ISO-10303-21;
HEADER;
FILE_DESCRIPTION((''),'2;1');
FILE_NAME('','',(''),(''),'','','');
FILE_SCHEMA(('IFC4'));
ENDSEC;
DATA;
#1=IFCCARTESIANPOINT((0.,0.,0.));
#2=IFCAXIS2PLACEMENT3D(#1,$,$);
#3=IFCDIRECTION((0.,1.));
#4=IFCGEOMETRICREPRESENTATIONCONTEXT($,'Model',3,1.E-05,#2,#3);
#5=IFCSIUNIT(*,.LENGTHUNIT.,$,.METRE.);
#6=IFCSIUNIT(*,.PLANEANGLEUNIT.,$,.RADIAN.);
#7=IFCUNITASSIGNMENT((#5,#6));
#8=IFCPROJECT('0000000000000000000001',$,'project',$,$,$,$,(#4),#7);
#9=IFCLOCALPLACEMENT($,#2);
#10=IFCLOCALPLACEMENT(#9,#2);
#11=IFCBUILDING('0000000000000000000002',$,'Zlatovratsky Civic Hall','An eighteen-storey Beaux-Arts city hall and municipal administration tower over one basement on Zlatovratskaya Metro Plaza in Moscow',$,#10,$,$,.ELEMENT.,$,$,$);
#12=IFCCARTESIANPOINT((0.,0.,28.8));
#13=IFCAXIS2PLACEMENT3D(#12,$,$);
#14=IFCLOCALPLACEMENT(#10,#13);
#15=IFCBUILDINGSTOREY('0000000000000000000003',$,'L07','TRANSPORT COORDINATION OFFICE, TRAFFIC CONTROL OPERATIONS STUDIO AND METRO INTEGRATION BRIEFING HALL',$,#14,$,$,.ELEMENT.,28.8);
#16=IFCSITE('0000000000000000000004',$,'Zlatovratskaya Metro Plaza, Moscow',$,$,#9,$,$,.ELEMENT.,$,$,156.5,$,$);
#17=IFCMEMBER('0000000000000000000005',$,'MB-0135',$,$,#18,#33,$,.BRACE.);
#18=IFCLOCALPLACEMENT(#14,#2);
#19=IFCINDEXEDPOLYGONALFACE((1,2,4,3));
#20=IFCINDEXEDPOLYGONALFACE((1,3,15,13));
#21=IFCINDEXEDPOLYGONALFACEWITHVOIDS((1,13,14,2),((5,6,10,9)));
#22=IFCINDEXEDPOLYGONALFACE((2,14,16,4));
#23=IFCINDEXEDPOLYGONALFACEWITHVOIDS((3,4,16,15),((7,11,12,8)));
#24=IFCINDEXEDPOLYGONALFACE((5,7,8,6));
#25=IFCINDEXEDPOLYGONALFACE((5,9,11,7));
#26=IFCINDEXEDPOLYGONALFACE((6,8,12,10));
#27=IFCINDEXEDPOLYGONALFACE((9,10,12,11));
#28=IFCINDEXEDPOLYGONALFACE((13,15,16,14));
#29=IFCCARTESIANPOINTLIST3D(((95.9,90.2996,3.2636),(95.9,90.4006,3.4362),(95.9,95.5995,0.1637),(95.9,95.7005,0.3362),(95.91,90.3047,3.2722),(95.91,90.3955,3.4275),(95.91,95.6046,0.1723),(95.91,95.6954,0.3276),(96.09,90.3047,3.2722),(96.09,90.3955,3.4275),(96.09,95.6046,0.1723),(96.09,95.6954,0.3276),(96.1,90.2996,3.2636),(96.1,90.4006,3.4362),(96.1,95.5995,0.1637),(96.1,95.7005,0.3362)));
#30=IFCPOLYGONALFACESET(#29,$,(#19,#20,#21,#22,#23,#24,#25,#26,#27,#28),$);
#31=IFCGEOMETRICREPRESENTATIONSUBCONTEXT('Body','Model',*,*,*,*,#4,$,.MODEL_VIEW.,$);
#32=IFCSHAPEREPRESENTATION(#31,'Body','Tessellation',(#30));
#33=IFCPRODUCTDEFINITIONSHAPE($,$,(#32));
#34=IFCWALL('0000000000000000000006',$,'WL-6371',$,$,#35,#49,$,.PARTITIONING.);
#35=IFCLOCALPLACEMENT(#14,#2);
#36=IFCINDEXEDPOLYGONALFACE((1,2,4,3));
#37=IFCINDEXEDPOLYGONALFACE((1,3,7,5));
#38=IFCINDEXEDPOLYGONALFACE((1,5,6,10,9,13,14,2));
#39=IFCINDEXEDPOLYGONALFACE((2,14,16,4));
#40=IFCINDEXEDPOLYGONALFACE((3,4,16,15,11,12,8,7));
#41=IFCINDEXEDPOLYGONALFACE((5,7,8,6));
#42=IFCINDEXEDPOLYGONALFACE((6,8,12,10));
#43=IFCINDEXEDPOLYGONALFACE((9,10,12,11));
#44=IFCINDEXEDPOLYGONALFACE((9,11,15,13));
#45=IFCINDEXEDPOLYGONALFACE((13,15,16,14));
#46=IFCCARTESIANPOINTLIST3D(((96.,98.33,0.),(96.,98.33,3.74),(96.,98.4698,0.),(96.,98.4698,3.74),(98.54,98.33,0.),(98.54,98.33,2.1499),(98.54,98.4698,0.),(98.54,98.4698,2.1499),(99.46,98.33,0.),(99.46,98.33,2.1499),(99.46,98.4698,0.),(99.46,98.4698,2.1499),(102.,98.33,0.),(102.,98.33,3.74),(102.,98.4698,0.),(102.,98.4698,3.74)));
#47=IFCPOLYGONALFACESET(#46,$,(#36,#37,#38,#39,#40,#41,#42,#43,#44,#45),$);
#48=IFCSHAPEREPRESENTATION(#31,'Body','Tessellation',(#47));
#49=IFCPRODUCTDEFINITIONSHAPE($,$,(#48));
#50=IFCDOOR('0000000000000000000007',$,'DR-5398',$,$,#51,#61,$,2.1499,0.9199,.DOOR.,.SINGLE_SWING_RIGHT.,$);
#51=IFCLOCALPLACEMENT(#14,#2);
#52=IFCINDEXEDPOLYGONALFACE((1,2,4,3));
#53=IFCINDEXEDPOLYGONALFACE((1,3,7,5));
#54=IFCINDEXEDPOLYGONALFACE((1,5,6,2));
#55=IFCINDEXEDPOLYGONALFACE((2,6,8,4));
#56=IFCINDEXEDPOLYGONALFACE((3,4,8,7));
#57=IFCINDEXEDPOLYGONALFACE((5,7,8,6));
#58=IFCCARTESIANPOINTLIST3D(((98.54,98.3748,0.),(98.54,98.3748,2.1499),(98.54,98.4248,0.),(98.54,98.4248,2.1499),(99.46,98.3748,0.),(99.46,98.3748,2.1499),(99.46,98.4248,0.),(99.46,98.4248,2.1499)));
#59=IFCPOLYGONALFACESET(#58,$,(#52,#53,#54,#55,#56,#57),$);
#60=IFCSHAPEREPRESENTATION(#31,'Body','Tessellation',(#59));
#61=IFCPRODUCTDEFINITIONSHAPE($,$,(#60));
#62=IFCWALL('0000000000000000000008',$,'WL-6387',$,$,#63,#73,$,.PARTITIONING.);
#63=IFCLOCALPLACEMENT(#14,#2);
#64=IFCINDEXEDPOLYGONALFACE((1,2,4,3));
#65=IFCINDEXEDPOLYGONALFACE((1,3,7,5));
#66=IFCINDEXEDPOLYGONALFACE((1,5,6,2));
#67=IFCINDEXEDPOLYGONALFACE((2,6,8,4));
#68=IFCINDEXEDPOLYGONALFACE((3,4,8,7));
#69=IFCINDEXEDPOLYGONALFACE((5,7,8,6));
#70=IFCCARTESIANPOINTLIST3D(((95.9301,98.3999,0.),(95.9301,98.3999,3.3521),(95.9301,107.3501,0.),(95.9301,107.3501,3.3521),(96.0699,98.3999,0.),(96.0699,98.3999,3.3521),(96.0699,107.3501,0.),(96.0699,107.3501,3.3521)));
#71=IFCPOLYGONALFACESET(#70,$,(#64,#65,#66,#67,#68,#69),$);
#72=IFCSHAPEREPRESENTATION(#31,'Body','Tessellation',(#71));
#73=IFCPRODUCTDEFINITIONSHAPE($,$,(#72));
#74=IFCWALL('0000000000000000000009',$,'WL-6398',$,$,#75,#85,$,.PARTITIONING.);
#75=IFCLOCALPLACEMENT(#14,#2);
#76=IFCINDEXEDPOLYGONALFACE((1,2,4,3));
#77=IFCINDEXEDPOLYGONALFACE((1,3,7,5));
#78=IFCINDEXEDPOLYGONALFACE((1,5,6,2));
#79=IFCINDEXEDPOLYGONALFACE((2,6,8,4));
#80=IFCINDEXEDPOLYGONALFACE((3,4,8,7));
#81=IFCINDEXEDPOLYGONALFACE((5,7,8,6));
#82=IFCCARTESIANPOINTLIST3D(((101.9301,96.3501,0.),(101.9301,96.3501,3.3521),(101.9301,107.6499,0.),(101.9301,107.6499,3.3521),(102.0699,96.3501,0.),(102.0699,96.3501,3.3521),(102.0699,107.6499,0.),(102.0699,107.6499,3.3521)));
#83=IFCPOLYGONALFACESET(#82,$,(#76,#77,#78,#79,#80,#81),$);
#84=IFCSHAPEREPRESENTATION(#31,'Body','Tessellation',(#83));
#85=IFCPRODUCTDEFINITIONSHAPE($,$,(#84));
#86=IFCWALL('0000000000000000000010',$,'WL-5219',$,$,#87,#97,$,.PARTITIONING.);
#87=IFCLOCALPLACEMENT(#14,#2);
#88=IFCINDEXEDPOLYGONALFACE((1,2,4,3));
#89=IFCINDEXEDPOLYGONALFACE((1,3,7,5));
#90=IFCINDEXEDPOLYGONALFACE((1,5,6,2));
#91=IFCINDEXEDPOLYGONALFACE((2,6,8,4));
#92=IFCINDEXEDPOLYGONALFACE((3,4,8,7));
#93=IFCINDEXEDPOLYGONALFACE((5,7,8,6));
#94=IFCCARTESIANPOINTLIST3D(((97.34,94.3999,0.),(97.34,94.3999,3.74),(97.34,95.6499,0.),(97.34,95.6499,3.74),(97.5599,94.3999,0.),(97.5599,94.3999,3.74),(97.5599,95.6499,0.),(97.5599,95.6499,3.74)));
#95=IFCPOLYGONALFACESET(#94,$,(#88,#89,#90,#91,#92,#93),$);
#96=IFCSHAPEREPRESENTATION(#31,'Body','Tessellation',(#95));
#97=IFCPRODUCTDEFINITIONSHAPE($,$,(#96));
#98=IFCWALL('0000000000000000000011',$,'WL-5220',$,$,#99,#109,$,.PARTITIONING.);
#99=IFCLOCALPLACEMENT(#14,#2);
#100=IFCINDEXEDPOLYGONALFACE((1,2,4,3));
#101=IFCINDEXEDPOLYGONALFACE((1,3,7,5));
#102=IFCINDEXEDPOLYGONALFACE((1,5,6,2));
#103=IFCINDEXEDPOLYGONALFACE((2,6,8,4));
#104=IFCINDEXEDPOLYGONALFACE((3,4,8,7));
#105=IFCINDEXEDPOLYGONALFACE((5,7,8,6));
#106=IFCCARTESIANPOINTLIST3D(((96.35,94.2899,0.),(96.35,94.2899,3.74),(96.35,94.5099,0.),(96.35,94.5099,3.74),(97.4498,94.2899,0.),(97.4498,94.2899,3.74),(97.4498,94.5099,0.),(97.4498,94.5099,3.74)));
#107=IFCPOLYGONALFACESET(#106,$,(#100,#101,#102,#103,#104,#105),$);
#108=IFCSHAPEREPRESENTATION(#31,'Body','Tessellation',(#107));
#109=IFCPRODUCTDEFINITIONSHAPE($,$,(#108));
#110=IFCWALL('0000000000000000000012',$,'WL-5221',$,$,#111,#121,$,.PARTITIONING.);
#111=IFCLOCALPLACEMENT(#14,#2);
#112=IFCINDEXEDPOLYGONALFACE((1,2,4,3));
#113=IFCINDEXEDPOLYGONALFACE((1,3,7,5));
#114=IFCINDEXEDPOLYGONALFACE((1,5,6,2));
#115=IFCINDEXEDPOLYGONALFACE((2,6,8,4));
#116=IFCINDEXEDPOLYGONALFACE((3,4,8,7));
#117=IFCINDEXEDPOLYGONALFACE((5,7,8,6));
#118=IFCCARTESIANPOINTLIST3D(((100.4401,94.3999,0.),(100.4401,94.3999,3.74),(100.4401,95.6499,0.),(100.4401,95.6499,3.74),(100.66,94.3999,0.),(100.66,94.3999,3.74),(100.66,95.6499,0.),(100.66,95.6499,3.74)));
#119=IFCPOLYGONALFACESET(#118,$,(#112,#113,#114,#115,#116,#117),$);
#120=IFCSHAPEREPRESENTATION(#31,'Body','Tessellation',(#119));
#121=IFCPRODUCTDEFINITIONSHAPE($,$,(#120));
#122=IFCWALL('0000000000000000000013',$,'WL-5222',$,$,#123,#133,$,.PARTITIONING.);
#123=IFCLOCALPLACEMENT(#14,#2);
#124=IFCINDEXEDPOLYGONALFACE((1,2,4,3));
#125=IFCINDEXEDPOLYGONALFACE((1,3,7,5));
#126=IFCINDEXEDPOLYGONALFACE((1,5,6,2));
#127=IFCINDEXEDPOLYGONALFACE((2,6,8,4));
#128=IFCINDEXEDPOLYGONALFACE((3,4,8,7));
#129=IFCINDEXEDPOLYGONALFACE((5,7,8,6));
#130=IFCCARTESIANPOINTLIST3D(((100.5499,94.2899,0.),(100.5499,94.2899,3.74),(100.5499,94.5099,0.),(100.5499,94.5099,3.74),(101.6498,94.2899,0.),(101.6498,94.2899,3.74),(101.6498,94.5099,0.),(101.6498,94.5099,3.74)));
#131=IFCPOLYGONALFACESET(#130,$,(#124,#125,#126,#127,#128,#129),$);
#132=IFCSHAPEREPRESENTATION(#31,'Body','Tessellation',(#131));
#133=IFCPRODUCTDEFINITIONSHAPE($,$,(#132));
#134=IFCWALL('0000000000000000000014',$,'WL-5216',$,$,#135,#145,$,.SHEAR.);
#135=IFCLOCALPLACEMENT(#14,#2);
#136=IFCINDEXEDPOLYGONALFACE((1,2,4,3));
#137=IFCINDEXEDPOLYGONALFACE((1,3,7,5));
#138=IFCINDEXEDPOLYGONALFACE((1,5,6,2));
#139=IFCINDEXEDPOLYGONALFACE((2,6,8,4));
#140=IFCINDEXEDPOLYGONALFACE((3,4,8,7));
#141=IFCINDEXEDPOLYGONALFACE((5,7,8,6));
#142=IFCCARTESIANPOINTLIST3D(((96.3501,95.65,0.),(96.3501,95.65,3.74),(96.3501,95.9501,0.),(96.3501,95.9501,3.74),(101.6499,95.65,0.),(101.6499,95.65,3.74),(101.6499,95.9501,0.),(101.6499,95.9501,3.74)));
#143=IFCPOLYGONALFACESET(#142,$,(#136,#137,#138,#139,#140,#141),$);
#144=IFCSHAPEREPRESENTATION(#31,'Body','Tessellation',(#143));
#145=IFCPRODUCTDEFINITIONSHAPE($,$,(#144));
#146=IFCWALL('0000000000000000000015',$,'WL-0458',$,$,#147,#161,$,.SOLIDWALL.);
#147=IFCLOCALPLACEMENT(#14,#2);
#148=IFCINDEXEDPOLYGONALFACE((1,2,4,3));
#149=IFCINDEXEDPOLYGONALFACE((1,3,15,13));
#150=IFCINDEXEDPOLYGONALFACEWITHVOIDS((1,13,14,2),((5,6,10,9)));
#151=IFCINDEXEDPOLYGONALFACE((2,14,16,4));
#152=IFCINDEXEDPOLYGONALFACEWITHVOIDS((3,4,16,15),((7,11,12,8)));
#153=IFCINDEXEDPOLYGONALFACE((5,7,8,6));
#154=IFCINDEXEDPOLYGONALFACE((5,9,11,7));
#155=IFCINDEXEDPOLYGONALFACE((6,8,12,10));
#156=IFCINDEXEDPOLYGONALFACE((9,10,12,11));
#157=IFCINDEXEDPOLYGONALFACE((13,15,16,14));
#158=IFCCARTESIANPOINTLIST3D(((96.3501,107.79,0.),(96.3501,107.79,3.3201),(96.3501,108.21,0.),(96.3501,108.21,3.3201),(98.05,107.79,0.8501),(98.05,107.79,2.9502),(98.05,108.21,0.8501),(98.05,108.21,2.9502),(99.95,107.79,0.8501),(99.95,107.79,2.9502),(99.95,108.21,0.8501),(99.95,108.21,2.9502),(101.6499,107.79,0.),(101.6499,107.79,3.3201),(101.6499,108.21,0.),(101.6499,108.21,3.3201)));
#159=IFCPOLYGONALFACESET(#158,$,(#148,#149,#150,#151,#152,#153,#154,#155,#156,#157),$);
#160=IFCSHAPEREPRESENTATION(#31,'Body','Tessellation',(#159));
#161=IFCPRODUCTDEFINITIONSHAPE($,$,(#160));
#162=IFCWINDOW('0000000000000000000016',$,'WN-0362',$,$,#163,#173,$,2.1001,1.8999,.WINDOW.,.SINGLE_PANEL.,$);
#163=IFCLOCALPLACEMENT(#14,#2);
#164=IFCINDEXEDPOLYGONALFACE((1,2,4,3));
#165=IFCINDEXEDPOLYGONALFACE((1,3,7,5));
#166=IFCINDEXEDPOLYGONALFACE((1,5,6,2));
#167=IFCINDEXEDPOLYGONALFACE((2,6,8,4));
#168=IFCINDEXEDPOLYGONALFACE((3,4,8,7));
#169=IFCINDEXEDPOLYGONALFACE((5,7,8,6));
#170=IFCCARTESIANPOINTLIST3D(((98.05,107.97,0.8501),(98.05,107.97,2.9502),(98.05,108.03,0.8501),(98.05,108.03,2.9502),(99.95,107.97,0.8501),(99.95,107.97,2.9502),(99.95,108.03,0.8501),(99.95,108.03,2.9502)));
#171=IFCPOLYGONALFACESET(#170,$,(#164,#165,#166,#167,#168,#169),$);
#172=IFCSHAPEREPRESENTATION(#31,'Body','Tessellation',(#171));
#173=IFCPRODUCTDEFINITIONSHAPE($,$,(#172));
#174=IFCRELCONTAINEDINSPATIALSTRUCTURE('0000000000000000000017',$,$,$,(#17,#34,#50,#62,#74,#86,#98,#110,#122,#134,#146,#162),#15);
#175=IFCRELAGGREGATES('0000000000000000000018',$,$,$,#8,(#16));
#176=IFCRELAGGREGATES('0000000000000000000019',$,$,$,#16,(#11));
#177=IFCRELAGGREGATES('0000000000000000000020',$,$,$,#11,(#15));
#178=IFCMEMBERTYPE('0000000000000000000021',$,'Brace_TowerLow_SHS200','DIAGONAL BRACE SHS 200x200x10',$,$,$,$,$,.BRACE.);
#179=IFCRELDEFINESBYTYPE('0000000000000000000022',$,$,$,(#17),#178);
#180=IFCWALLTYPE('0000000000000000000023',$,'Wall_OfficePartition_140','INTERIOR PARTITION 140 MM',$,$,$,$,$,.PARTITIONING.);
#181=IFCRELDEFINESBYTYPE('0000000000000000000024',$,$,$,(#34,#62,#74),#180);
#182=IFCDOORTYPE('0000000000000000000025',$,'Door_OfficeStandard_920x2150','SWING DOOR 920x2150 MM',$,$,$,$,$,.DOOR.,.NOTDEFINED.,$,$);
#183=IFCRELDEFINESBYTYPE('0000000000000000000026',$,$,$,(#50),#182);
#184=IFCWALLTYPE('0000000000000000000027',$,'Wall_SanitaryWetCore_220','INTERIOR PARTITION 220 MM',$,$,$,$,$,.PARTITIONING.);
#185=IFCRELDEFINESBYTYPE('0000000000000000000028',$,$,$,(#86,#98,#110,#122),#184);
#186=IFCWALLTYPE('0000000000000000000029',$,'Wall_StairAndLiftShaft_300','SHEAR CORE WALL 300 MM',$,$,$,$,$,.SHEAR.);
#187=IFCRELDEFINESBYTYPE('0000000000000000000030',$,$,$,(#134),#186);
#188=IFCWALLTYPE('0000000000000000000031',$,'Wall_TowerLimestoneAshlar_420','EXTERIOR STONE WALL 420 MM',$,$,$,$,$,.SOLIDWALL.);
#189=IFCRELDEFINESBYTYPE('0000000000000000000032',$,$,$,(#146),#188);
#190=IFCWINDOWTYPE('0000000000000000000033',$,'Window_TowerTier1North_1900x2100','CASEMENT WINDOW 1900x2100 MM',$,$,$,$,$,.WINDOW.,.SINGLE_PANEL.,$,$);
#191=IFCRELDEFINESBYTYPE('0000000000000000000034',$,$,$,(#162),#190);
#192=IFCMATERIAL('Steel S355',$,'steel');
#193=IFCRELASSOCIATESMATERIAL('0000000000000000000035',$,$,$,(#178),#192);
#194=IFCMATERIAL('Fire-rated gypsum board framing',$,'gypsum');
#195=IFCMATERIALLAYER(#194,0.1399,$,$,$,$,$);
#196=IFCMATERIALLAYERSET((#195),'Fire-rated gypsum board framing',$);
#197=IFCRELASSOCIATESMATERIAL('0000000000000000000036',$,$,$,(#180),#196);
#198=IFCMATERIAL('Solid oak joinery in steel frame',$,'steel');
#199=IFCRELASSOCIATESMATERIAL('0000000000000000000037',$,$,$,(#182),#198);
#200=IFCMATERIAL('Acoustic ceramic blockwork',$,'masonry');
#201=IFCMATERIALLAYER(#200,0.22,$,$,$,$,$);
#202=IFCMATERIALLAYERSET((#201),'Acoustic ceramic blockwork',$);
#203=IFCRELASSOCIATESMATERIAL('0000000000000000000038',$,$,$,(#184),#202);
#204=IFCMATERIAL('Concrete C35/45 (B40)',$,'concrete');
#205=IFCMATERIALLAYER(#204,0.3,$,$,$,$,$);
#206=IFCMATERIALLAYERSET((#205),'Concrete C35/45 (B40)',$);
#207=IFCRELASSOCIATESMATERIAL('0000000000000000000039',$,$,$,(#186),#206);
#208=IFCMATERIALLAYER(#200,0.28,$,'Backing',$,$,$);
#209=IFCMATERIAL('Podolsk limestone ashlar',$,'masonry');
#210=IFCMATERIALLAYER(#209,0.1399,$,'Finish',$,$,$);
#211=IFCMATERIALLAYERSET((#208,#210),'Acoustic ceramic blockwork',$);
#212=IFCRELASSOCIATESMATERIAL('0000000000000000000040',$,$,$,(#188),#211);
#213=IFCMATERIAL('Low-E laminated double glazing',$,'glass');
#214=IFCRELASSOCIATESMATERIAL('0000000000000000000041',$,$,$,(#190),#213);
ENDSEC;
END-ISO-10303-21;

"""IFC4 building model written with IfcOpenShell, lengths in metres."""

from ifc_helpers import new_model, si_unit, direction, frame, frame_2d, origin, origin_2d, place, context, subcontext, project, spatial, rectangle, hollow_rectangle, extrude, material, layer, layer_set, material_profile, profile_set, type_object, element, fill, save


model = new_model("IFC4")

# Units and contexts
model_context = context("Model", 3, precision=1e-05, world=origin(), true_north=direction((0.0, 1.0)))
body_context = subcontext(model_context, "Body", "Model", "MODEL_VIEW")
ifc_project = project(units=[si_unit("LENGTHUNIT", "METRE"), si_unit("PLANEANGLEUNIT", "RADIAN")], contexts=[model_context])

# Site, building, storey
site_placement = place(None, origin())
site = spatial("IfcSite", under=ifc_project, at=site_placement, Name="Zlatovratskaya Metro Plaza, Moscow", CompositionType="ELEMENT", RefElevation=156.5)
building_placement = place(site_placement, origin())
building = spatial("IfcBuilding", under=site, at=building_placement, Name="Zlatovratsky Civic Hall", Description="An eighteen-storey Beaux-Arts city hall and municipal administration tower over one basement on Zlatovratskaya Metro Plaza in Moscow", CompositionType="ELEMENT")
storey_placement = place(building_placement, frame((0.0, 0.0, 28.8)))
storey = spatial("IfcBuildingStorey", under=building, at=storey_placement, Name="L07", Description="TRANSPORT COORDINATION OFFICE, TRAFFIC CONTROL OPERATIONS STUDIO AND METRO INTEGRATION BRIEFING HALL", CompositionType="ELEMENT", Elevation=28.8)

# Shared definitions
ifc_material_1 = material(Name="Concrete C35/45 (B40)", Category="concrete")
ifc_material_2 = material(Name="Steel S355", Category="steel")

# Member
ifc_material_profile_1 = material_profile(ifc_material_2, hollow_rectangle(XDim=0.2, YDim=0.2, WallThickness=0.01, at=origin_2d()), Name="SHS 200x200x10")
ifc_profile_set_1 = profile_set([ifc_material_profile_1], Name="Steel S355")
member_type = type_object("IfcMemberType", Name="Brace_TowerLow_SHS200", Description="DIAGONAL BRACE SHS 200x200x10", PredefinedType="BRACE", material=ifc_profile_set_1)
member_placement = place(storey_placement, frame((96.0, 90.3501, 3.3499), z_axis=(0.0, 0.86319, -0.504879), x_axis=(-1.0, 0.0, 0.0)))
element("IfcMember", 1, at=member_placement, inside=storey, type_object=member_type, Name="MB-0135", PredefinedType="BRACE", context=body_context, shape_type="SweptSolid", body=[
    extrude(hollow_rectangle(XDim=0.2, YDim=0.2, WallThickness=0.01, at=origin_2d()), origin(), (0.0, 0.0, 1.0), 6.1399),
])

# Wall, opening, door
ifc_material_3 = material(Name="Fire-rated gypsum board framing", Category="gypsum")
ifc_layer_1 = layer(ifc_material_3, 0.1399)
ifc_layer_set_1 = layer_set([ifc_layer_1], Name="Fire-rated gypsum board framing")
wall_type_1 = type_object("IfcWallType", Name="Wall_OfficePartition_140", Description="INTERIOR PARTITION 140 MM", PredefinedType="PARTITIONING", material=ifc_layer_set_1)
wall_1_placement = place(storey_placement, frame((96.0, 98.3999, 0.0), z_axis=(0.0, 0.0, 1.0), x_axis=(1.0, 0.0, 0.0)))
wall_1 = element("IfcWall", 2, at=wall_1_placement, inside=storey, type_object=wall_type_1, Name="WL-6371", PredefinedType="PARTITIONING", context=body_context, shape_type="SweptSolid", body=[
    extrude(rectangle(XDim=6.0, YDim=0.1399, at=frame_2d((3.0, 0.0))), origin(), (0.0, 0.0, 1.0), 3.74),
])
opening_1_placement = place(wall_1_placement, frame((2.54, 0.0, 0.0)))
opening_1 = element("IfcOpeningElement", 3, at=opening_1_placement, cuts=wall_1, PredefinedType="OPENING", context=body_context, shape_type="SweptSolid", body=[
    extrude(rectangle(XDim=0.9199, YDim=2.1499, at=frame_2d((0.46, 1.075))), frame((0.0, 0.085, 0.0), z_axis=(0.0, -1.0, 0.0), x_axis=(1.0, 0.0, 0.0)), (0.0, 0.0, 1.0), 0.1697),
])
ifc_material_4 = material(Name="Solid oak joinery in steel frame", Category="steel")
door_type = type_object("IfcDoorType", Name="Door_OfficeStandard_920x2150", Description="SWING DOOR 920x2150 MM", OperationType="NOTDEFINED", PredefinedType="DOOR", material=ifc_material_4)
door_placement = place(opening_1_placement, origin())
door = element("IfcDoor", 4, at=door_placement, inside=storey, type_object=door_type, Name="DR-5398", OperationType="SINGLE_SWING_RIGHT", OverallHeight=2.1499, OverallWidth=0.9199, PredefinedType="DOOR", context=body_context, shape_type="SweptSolid", body=[
    extrude(rectangle(XDim=0.9199, YDim=2.1499, at=frame_2d((0.46, 1.075))), frame((0.0, 0.0249, 0.0), z_axis=(0.0, -1.0, 0.0), x_axis=(1.0, 0.0, 0.0)), (0.0, 0.0, 1.0), 0.05),
])
fill(opening_1, door)

# Walls
wall_2_placement = place(storey_placement, frame((96.0, 98.3999, 0.0), z_axis=(0.0, 0.0, 1.0), x_axis=(0.0, 1.0, 0.0)))
element("IfcWall", 5, at=wall_2_placement, inside=storey, type_object=wall_type_1, Name="WL-6387", PredefinedType="PARTITIONING", context=body_context, shape_type="SweptSolid", body=[
    extrude(rectangle(XDim=8.9502, YDim=0.1399, at=frame_2d((4.4751, 0.0))), origin(), (0.0, 0.0, 1.0), 3.3521),
])
wall_3_placement = place(storey_placement, frame((102.0, 96.3501, 0.0), z_axis=(0.0, 0.0, 1.0), x_axis=(0.0, 1.0, 0.0)))
element("IfcWall", 6, at=wall_3_placement, inside=storey, type_object=wall_type_1, Name="WL-6398", PredefinedType="PARTITIONING", context=body_context, shape_type="SweptSolid", body=[
    extrude(rectangle(XDim=11.2998, YDim=0.1399, at=frame_2d((5.6499, 0.0))), origin(), (0.0, 0.0, 1.0), 3.3521),
])
ifc_material_5 = material(Name="Acoustic ceramic blockwork", Category="masonry")
ifc_layer_2 = layer(ifc_material_5, 0.22)
ifc_layer_set_2 = layer_set([ifc_layer_2], Name="Acoustic ceramic blockwork")
wall_type_2 = type_object("IfcWallType", Name="Wall_SanitaryWetCore_220", Description="INTERIOR PARTITION 220 MM", PredefinedType="PARTITIONING", material=ifc_layer_set_2)
wall_4_placement = place(storey_placement, frame((97.45, 94.3999, 0.0), z_axis=(0.0, 0.0, 1.0), x_axis=(0.0, 1.0, 0.0)))
element("IfcWall", 7, at=wall_4_placement, inside=storey, type_object=wall_type_2, Name="WL-5219", PredefinedType="PARTITIONING", context=body_context, shape_type="SweptSolid", body=[
    extrude(rectangle(XDim=1.25, YDim=0.22, at=frame_2d((0.625, 0.0))), origin(), (0.0, 0.0, 1.0), 3.74),
])
wall_5_placement = place(storey_placement, frame((96.3501, 94.3999, 0.0), z_axis=(0.0, 0.0, 1.0), x_axis=(1.0, 0.0, 0.0)))
element("IfcWall", 8, at=wall_5_placement, inside=storey, type_object=wall_type_2, Name="WL-5220", PredefinedType="PARTITIONING", context=body_context, shape_type="SweptSolid", body=[
    extrude(rectangle(XDim=1.0999, YDim=0.22, at=frame_2d((0.5498, 0.0))), origin(), (0.0, 0.0, 1.0), 3.74),
])
wall_6_placement = place(storey_placement, frame((100.55, 94.3999, 0.0), z_axis=(0.0, 0.0, 1.0), x_axis=(0.0, 1.0, 0.0)))
element("IfcWall", 9, at=wall_6_placement, inside=storey, type_object=wall_type_2, Name="WL-5221", PredefinedType="PARTITIONING", context=body_context, shape_type="SweptSolid", body=[
    extrude(rectangle(XDim=1.25, YDim=0.22, at=frame_2d((0.625, 0.0))), origin(), (0.0, 0.0, 1.0), 3.74),
])
wall_7_placement = place(storey_placement, frame((100.55, 94.3999, 0.0), z_axis=(0.0, 0.0, 1.0), x_axis=(1.0, 0.0, 0.0)))
element("IfcWall", 10, at=wall_7_placement, inside=storey, type_object=wall_type_2, Name="WL-5222", PredefinedType="PARTITIONING", context=body_context, shape_type="SweptSolid", body=[
    extrude(rectangle(XDim=1.0999, YDim=0.22, at=frame_2d((0.5498, 0.0))), origin(), (0.0, 0.0, 1.0), 3.74),
])
ifc_layer_3 = layer(ifc_material_1, 0.3)
ifc_layer_set_3 = layer_set([ifc_layer_3], Name="Concrete C35/45 (B40)")
wall_type_3 = type_object("IfcWallType", Name="Wall_StairAndLiftShaft_300", Description="SHEAR CORE WALL 300 MM", PredefinedType="SHEAR", material=ifc_layer_set_3)
wall_8_placement = place(storey_placement, frame((96.3501, 95.8, 0.0), z_axis=(0.0, 0.0, 1.0), x_axis=(1.0, 0.0, 0.0)))
element("IfcWall", 11, at=wall_8_placement, inside=storey, type_object=wall_type_3, Name="WL-5216", PredefinedType="SHEAR", context=body_context, shape_type="SweptSolid", body=[
    extrude(rectangle(XDim=5.2998, YDim=0.3, at=frame_2d((2.6499, 0.0))), origin(), (0.0, 0.0, 1.0), 3.74),
])

# Wall, opening, window
ifc_layer_4 = layer(ifc_material_5, 0.28, Name="Backing")
ifc_material_6 = material(Name="Podolsk limestone ashlar", Category="masonry")
ifc_layer_5 = layer(ifc_material_6, 0.1399, Name="Finish")
ifc_layer_set_4 = layer_set([ifc_layer_4, ifc_layer_5], Name="Acoustic ceramic blockwork")
wall_type_4 = type_object("IfcWallType", Name="Wall_TowerLimestoneAshlar_420", Description="EXTERIOR STONE WALL 420 MM", PredefinedType="SOLIDWALL", material=ifc_layer_set_4)
wall_9_placement = place(storey_placement, frame((96.3501, 108.0, 0.0), z_axis=(0.0, 0.0, 1.0), x_axis=(1.0, 0.0, 0.0)))
wall_9 = element("IfcWall", 12, at=wall_9_placement, inside=storey, type_object=wall_type_4, Name="WL-0458", PredefinedType="SOLIDWALL", context=body_context, shape_type="SweptSolid", body=[
    extrude(rectangle(XDim=5.2998, YDim=0.4199, at=frame_2d((2.6499, 0.0))), origin(), (0.0, 0.0, 1.0), 3.3201),
])
opening_2_placement = place(wall_9_placement, frame((1.7, 0.0, 0.8501)))
opening_2 = element("IfcOpeningElement", 13, at=opening_2_placement, cuts=wall_9, PredefinedType="OPENING", context=body_context, shape_type="SweptSolid", body=[
    extrude(rectangle(XDim=1.8999, YDim=2.1001, at=frame_2d((0.95, 1.05))), frame((0.0, 0.2249, 0.0), z_axis=(0.0, -1.0, 0.0), x_axis=(1.0, 0.0, 0.0)), (0.0, 0.0, 1.0), 0.4497),
])
ifc_material_7 = material(Name="Low-E laminated double glazing", Category="glass")
window_type = type_object("IfcWindowType", Name="Window_TowerTier1North_1900x2100", Description="CASEMENT WINDOW 1900x2100 MM", PartitioningType="SINGLE_PANEL", PredefinedType="WINDOW", material=ifc_material_7)
window_placement = place(opening_2_placement, origin())
window = element("IfcWindow", 14, at=window_placement, inside=storey, type_object=window_type, Name="WN-0362", OverallHeight=2.1001, OverallWidth=1.8999, PartitioningType="SINGLE_PANEL", PredefinedType="WINDOW", context=body_context, shape_type="SweptSolid", body=[
    extrude(rectangle(XDim=1.8999, YDim=2.1001, at=frame_2d((0.95, 1.05))), frame((0.0, 0.03, 0.0), z_axis=(0.0, -1.0, 0.0), x_axis=(1.0, 0.0, 0.0)), (0.0, 0.0, 1.0), 0.0601),
])
fill(opening_2, window)

save(model, "model.ifc")
